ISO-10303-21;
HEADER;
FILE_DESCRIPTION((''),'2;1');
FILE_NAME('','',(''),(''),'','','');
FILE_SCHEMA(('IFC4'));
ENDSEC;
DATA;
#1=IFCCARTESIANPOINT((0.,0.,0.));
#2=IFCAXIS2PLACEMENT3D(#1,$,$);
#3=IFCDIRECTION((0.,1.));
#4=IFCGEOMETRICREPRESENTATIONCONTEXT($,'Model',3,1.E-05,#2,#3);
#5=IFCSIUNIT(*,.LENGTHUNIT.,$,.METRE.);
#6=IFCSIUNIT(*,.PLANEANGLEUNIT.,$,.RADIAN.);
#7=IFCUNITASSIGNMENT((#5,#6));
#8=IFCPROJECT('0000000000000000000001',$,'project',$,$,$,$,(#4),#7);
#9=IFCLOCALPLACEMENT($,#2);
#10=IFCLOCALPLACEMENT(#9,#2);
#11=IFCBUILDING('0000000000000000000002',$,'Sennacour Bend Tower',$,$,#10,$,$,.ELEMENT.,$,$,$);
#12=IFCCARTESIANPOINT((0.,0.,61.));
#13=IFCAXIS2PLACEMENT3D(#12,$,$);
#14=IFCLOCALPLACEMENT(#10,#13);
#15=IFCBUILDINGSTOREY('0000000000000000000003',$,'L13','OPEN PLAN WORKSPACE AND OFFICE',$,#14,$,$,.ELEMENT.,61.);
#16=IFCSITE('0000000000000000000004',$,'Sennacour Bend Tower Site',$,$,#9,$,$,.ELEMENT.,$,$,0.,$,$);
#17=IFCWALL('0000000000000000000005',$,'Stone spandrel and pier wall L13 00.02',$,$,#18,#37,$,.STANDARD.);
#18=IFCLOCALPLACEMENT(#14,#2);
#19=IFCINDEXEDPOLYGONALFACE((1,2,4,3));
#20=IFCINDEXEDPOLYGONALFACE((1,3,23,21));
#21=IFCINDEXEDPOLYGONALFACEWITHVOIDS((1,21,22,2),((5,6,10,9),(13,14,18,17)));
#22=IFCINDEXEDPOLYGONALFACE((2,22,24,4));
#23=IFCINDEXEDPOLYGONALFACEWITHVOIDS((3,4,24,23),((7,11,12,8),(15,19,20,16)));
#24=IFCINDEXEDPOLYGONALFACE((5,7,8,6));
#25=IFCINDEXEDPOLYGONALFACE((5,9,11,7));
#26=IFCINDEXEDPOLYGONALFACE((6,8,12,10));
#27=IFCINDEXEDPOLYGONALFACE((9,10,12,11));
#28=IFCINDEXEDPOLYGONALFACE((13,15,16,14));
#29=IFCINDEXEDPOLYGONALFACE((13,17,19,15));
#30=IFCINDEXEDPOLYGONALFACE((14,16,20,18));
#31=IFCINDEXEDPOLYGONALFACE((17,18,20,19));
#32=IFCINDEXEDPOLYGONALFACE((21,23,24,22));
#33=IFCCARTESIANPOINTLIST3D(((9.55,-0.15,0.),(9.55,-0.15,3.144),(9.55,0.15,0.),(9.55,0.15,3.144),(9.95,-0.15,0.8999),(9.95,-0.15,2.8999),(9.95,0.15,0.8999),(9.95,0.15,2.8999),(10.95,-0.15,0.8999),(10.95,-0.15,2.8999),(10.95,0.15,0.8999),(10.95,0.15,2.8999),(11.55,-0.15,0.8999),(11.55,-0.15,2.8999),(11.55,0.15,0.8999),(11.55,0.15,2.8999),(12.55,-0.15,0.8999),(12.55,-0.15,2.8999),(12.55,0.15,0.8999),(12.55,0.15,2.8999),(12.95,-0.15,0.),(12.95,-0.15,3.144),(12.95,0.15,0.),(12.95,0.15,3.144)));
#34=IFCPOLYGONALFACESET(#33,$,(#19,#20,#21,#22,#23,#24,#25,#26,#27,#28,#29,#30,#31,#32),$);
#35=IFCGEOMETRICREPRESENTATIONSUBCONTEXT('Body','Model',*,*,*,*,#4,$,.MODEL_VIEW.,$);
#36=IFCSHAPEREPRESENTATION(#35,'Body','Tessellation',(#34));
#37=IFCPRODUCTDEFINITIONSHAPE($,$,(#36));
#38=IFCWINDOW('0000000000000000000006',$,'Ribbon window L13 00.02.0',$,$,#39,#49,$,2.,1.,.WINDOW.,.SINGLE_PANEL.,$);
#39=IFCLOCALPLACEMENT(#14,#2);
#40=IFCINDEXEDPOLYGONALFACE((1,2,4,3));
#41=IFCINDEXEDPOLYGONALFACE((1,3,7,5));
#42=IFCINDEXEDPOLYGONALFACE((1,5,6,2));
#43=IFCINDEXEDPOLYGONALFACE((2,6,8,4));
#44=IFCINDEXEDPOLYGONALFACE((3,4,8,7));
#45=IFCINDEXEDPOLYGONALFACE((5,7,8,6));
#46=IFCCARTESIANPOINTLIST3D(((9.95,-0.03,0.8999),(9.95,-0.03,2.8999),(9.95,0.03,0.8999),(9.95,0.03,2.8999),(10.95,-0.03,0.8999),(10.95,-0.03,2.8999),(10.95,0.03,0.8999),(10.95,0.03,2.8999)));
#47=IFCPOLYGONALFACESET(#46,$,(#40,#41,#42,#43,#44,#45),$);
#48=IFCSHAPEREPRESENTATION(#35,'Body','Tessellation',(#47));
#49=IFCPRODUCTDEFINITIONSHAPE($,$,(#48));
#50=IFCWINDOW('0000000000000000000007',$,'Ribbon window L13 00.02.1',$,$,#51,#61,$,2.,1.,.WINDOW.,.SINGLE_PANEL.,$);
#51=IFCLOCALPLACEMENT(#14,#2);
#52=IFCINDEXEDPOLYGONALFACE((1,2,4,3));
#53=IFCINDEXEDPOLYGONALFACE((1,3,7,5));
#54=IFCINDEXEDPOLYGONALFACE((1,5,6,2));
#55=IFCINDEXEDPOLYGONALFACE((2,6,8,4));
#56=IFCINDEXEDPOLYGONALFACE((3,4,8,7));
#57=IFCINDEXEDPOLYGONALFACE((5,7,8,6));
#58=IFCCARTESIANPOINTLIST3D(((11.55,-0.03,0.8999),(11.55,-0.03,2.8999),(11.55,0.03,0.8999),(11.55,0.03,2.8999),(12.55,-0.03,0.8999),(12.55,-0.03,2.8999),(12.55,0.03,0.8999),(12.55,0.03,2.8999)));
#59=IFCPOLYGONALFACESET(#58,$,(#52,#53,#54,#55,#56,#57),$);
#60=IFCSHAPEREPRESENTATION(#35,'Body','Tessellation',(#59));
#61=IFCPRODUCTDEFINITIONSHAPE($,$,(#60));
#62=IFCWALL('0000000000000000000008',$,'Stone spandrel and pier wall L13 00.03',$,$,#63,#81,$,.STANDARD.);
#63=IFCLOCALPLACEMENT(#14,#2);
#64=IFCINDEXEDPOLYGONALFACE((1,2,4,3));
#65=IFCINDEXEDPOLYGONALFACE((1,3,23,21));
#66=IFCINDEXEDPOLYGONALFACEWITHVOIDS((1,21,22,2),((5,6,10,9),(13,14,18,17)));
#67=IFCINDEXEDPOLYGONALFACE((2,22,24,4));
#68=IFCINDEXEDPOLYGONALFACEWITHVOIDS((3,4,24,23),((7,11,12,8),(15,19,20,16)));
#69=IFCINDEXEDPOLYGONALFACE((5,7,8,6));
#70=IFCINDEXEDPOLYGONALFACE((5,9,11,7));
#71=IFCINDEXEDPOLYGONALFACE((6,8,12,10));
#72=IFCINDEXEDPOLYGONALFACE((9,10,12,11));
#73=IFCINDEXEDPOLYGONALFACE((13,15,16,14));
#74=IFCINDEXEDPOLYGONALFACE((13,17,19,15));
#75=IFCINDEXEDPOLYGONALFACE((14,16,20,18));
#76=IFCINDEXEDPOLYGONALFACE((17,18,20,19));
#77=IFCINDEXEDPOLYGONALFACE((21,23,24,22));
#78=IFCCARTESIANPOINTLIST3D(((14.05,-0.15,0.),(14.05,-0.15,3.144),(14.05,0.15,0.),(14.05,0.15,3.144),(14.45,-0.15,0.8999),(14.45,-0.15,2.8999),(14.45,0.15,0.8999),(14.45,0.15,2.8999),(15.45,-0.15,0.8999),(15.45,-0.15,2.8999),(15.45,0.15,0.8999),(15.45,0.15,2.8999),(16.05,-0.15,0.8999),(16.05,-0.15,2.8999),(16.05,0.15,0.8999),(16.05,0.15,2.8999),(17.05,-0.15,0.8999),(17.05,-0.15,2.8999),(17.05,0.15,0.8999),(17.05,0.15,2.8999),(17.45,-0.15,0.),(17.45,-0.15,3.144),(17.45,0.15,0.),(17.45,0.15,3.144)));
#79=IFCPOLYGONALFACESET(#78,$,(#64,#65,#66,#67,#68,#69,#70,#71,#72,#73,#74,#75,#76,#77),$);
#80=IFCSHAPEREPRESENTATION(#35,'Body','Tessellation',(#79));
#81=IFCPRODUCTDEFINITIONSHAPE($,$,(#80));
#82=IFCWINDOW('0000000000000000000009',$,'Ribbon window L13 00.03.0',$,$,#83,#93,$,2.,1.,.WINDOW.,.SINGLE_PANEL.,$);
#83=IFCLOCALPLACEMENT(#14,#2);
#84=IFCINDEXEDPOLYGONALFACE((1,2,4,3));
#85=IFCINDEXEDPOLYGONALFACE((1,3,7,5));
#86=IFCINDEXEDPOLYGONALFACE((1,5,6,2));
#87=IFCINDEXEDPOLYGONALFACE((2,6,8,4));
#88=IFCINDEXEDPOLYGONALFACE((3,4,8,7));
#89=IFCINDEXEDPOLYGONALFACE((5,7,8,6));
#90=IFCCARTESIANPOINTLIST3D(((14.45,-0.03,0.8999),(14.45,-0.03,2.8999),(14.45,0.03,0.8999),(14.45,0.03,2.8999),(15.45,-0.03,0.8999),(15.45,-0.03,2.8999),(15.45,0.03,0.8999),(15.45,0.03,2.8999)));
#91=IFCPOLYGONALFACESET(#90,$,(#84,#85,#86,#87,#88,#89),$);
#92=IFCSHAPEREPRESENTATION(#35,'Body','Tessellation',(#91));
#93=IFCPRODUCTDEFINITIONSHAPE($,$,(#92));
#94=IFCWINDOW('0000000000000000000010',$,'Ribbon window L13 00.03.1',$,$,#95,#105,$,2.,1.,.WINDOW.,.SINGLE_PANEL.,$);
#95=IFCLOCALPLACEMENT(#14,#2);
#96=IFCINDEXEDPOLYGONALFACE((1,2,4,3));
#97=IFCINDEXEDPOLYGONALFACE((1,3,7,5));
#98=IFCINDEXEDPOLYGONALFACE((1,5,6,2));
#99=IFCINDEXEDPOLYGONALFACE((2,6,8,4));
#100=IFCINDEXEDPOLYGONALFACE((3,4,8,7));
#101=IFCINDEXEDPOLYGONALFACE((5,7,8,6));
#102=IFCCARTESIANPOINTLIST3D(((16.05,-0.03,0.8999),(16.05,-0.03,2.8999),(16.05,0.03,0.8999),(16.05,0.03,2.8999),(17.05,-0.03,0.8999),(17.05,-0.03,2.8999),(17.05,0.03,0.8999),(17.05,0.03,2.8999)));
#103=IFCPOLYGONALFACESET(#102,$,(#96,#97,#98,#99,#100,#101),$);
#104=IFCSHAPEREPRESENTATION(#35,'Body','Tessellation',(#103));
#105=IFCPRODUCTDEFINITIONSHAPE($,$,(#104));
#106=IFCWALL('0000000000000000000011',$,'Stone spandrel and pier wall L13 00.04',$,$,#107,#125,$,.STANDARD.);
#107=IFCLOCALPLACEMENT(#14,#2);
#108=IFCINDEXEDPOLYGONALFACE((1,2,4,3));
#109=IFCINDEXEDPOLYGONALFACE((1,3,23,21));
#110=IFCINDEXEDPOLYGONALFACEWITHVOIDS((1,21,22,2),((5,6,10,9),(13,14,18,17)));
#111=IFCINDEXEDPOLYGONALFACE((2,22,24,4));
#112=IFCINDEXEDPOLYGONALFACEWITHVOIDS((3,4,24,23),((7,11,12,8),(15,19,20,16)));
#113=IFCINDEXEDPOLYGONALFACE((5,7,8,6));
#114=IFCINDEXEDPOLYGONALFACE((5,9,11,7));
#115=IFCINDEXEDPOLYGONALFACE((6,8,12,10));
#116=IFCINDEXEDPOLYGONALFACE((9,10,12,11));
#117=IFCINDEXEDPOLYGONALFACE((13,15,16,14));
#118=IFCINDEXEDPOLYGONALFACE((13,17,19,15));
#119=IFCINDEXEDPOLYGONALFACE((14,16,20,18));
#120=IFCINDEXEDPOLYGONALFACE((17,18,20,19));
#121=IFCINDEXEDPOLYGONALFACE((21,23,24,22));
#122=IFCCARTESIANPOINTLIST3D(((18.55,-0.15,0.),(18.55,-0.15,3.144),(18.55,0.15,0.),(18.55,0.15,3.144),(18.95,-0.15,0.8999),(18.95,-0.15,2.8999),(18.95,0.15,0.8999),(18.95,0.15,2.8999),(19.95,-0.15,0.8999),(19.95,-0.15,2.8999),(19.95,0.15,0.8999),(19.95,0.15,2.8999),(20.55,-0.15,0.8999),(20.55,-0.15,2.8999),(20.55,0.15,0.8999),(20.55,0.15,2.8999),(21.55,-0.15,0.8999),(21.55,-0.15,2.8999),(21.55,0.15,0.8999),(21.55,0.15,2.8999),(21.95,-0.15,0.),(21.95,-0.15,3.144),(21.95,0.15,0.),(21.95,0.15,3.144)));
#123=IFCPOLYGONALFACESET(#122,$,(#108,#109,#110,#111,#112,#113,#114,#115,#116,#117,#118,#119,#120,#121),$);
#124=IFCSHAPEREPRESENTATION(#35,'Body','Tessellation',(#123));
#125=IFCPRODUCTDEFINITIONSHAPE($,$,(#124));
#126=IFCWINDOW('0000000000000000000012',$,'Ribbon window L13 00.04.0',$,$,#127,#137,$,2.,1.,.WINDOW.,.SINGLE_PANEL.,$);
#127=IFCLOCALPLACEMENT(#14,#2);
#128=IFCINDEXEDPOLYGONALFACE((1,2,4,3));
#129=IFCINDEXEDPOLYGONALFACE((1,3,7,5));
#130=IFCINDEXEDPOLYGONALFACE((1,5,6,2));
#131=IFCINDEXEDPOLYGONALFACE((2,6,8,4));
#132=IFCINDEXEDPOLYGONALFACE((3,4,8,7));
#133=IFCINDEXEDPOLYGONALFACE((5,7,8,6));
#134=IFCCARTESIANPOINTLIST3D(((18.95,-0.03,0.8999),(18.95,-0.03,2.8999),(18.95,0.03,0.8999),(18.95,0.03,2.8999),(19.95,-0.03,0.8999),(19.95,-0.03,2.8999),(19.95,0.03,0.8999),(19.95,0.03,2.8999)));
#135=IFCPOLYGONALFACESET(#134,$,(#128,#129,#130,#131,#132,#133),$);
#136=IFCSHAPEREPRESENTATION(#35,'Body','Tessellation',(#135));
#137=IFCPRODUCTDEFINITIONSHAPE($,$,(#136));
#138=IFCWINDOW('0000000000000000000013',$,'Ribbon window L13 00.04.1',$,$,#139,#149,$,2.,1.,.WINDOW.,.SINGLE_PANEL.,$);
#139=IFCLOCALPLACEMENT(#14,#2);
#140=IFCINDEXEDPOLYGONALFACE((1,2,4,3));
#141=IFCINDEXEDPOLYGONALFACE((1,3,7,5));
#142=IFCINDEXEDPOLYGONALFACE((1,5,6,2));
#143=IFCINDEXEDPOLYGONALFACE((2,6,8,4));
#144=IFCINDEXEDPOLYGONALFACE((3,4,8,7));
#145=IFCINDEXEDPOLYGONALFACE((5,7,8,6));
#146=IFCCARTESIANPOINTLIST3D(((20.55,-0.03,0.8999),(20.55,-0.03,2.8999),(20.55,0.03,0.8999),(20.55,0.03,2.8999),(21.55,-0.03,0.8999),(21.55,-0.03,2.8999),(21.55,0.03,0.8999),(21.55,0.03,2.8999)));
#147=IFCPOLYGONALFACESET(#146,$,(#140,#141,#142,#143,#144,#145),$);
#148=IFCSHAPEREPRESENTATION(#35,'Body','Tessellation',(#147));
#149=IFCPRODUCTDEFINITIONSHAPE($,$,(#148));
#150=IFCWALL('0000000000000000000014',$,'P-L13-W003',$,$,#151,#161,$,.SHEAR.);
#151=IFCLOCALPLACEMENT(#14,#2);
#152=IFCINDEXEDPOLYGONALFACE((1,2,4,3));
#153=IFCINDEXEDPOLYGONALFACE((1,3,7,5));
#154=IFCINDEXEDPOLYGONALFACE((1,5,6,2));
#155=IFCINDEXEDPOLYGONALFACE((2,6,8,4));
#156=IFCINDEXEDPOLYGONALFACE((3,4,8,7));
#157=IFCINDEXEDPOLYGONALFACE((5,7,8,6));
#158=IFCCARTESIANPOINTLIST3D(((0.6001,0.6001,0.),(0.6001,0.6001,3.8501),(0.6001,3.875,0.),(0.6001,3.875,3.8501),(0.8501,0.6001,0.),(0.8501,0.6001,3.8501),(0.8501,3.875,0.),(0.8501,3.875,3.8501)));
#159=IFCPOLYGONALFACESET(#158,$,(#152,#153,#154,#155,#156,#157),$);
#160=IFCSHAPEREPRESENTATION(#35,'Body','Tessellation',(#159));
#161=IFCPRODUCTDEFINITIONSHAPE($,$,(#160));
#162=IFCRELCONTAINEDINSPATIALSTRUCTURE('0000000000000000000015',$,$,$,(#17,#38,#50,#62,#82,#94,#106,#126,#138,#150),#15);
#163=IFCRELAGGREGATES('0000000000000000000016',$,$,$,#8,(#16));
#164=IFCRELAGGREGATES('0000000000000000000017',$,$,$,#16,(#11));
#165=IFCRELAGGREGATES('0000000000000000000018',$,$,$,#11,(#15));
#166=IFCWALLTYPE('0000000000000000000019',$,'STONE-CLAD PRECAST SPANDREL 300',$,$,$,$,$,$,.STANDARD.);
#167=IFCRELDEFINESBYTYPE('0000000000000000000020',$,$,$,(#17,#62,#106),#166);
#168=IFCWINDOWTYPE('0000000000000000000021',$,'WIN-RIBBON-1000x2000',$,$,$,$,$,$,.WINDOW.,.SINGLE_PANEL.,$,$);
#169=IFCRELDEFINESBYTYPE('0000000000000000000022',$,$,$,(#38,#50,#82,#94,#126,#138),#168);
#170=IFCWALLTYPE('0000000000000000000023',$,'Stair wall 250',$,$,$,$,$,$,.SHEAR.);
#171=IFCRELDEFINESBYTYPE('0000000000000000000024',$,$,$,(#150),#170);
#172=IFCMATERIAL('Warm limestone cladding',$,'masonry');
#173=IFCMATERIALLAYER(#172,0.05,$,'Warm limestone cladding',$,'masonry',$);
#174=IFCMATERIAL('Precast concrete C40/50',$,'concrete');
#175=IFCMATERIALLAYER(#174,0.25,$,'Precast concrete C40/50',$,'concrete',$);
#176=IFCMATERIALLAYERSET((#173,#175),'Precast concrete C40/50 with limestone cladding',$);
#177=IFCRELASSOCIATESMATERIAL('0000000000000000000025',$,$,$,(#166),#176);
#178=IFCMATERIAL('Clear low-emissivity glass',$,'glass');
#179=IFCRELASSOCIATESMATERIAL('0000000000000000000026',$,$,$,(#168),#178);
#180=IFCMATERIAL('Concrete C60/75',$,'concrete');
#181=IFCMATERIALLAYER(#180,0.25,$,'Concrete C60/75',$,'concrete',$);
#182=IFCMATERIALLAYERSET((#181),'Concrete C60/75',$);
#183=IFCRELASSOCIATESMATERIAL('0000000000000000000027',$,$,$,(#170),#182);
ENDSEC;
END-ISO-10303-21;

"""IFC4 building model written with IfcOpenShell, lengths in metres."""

from ifc_helpers import new_model, si_unit, direction, frame, frame_2d, origin, place, context, subcontext, project, spatial, rectangle, extrude, material, layer, layer_set, type_object, element, fill, save


model = new_model("IFC4")

# Units and contexts
model_context = context("Model", 3, precision=1e-05, world=origin(), true_north=direction((0.0, 1.0)))
body_context = subcontext(model_context, "Body", "Model", "MODEL_VIEW")
ifc_project = project(units=[si_unit("LENGTHUNIT", "METRE"), si_unit("PLANEANGLEUNIT", "RADIAN")], contexts=[model_context])

# Site, building, storey
site_placement = place(None, origin())
site = spatial("IfcSite", under=ifc_project, at=site_placement, Name="Sennacour Bend Tower Site", CompositionType="ELEMENT", RefElevation=0.0)
building_placement = place(site_placement, origin())
building = spatial("IfcBuilding", under=site, at=building_placement, Name="Sennacour Bend Tower", CompositionType="ELEMENT")
storey_placement = place(building_placement, frame((0.0, 0.0, 61.0)))
storey = spatial("IfcBuildingStorey", under=building, at=storey_placement, Name="L13", Description="OPEN PLAN WORKSPACE AND OFFICE", CompositionType="ELEMENT", Elevation=61.0)

# Walls, openings, windows
ifc_material_1 = material(Name="Warm limestone cladding", Category="masonry")
ifc_layer_1 = layer(ifc_material_1, 0.05, Name="Warm limestone cladding", Category="masonry")
ifc_material_2 = material(Name="Precast concrete C40/50", Category="concrete")
ifc_layer_2 = layer(ifc_material_2, 0.25, Name="Precast concrete C40/50", Category="concrete")
ifc_layer_set_1 = layer_set([ifc_layer_1, ifc_layer_2], Name="Precast concrete C40/50 with limestone cladding")
wall_type_1 = type_object("IfcWallType", Name="STONE-CLAD PRECAST SPANDREL 300", PredefinedType="STANDARD", material=ifc_layer_set_1)
ifc_material_3 = material(Name="Clear low-emissivity glass", Category="glass")
window_type = type_object("IfcWindowType", Name="WIN-RIBBON-1000x2000", PartitioningType="SINGLE_PANEL", PredefinedType="WINDOW", material=ifc_material_3)
wall_1_placement = place(storey_placement, frame((9.55, 0.0, 0.0), z_axis=(0.0, 0.0, 1.0), x_axis=(1.0, 0.0, 0.0)))
wall_1 = element("IfcWall", 1, at=wall_1_placement, inside=storey, type_object=wall_type_1, Name="Stone spandrel and pier wall L13 00.02", PredefinedType="STANDARD", context=body_context, shape_type="SweptSolid", body=[
    extrude(rectangle(XDim=3.3999, YDim=0.3, at=frame_2d((1.7, 0.0))), origin(), (0.0, 0.0, 1.0), 3.144),
])
opening_1_placement = place(wall_1_placement, frame((0.3999, 0.0, 0.8999)))
opening_1 = element("IfcOpeningElement", 2, at=opening_1_placement, cuts=wall_1, PredefinedType="OPENING", context=body_context, shape_type="SweptSolid", body=[
    extrude(rectangle(XDim=1.0, YDim=2.0, at=frame_2d((0.5, 1.0))), frame((0.0, 0.1602, 0.0), z_axis=(0.0, -1.0, 0.0), x_axis=(1.0, 0.0, 0.0)), (0.0, 0.0, 1.0), 0.3201),
])
opening_2_placement = place(wall_1_placement, frame((2.0, 0.0, 0.8999)))
opening_2 = element("IfcOpeningElement", 3, at=opening_2_placement, cuts=wall_1, PredefinedType="OPENING", context=body_context, shape_type="SweptSolid", body=[
    extrude(rectangle(XDim=1.0, YDim=2.0, at=frame_2d((0.5, 1.0))), frame((0.0, 0.1602, 0.0), z_axis=(0.0, -1.0, 0.0), x_axis=(1.0, 0.0, 0.0)), (0.0, 0.0, 1.0), 0.3201),
])
window_1_placement = place(opening_1_placement, origin())
window_1 = element("IfcWindow", 4, at=window_1_placement, inside=storey, type_object=window_type, Name="Ribbon window L13 00.02.0", OverallHeight=2.0, OverallWidth=1.0, PartitioningType="SINGLE_PANEL", PredefinedType="WINDOW", context=body_context, shape_type="SweptSolid", body=[
    extrude(rectangle(XDim=1.0, YDim=2.0, at=frame_2d((0.5, 1.0))), frame((0.0, 0.03, 0.0), z_axis=(0.0, -1.0, 0.0), x_axis=(1.0, 0.0, 0.0)), (0.0, 0.0, 1.0), 0.0601),
])
fill(opening_1, window_1)
window_2_placement = place(opening_2_placement, origin())
window_2 = element("IfcWindow", 5, at=window_2_placement, inside=storey, type_object=window_type, Name="Ribbon window L13 00.02.1", OverallHeight=2.0, OverallWidth=1.0, PartitioningType="SINGLE_PANEL", PredefinedType="WINDOW", context=body_context, shape_type="SweptSolid", body=[
    extrude(rectangle(XDim=1.0, YDim=2.0, at=frame_2d((0.5, 1.0))), frame((0.0, 0.03, 0.0), z_axis=(0.0, -1.0, 0.0), x_axis=(1.0, 0.0, 0.0)), (0.0, 0.0, 1.0), 0.0601),
])
fill(opening_2, window_2)
wall_2_placement = place(storey_placement, frame((14.05, 0.0, 0.0), z_axis=(0.0, 0.0, 1.0), x_axis=(1.0, 0.0, 0.0)))
wall_2 = element("IfcWall", 6, at=wall_2_placement, inside=storey, type_object=wall_type_1, Name="Stone spandrel and pier wall L13 00.03", PredefinedType="STANDARD", context=body_context, shape_type="SweptSolid", body=[
    extrude(rectangle(XDim=3.3999, YDim=0.3, at=frame_2d((1.7, 0.0))), origin(), (0.0, 0.0, 1.0), 3.144),
])
opening_3_placement = place(wall_2_placement, frame((0.3999, 0.0, 0.8999)))
opening_3 = element("IfcOpeningElement", 7, at=opening_3_placement, cuts=wall_2, PredefinedType="OPENING", context=body_context, shape_type="SweptSolid", body=[
    extrude(rectangle(XDim=1.0, YDim=2.0, at=frame_2d((0.5, 1.0))), frame((0.0, 0.1602, 0.0), z_axis=(0.0, -1.0, 0.0), x_axis=(1.0, 0.0, 0.0)), (0.0, 0.0, 1.0), 0.3201),
])
opening_4_placement = place(wall_2_placement, frame((2.0, 0.0, 0.8999)))
opening_4 = element("IfcOpeningElement", 8, at=opening_4_placement, cuts=wall_2, PredefinedType="OPENING", context=body_context, shape_type="SweptSolid", body=[
    extrude(rectangle(XDim=1.0, YDim=2.0, at=frame_2d((0.5, 1.0))), frame((0.0, 0.1602, 0.0), z_axis=(0.0, -1.0, 0.0), x_axis=(1.0, 0.0, 0.0)), (0.0, 0.0, 1.0), 0.3201),
])
window_3_placement = place(opening_3_placement, origin())
window_3 = element("IfcWindow", 9, at=window_3_placement, inside=storey, type_object=window_type, Name="Ribbon window L13 00.03.0", OverallHeight=2.0, OverallWidth=1.0, PartitioningType="SINGLE_PANEL", PredefinedType="WINDOW", context=body_context, shape_type="SweptSolid", body=[
    extrude(rectangle(XDim=1.0, YDim=2.0, at=frame_2d((0.5, 1.0))), frame((0.0, 0.03, 0.0), z_axis=(0.0, -1.0, 0.0), x_axis=(1.0, 0.0, 0.0)), (0.0, 0.0, 1.0), 0.0601),
])
fill(opening_3, window_3)
window_4_placement = place(opening_4_placement, origin())
window_4 = element("IfcWindow", 10, at=window_4_placement, inside=storey, type_object=window_type, Name="Ribbon window L13 00.03.1", OverallHeight=2.0, OverallWidth=1.0, PartitioningType="SINGLE_PANEL", PredefinedType="WINDOW", context=body_context, shape_type="SweptSolid", body=[
    extrude(rectangle(XDim=1.0, YDim=2.0, at=frame_2d((0.5, 1.0))), frame((0.0, 0.03, 0.0), z_axis=(0.0, -1.0, 0.0), x_axis=(1.0, 0.0, 0.0)), (0.0, 0.0, 1.0), 0.0601),
])
fill(opening_4, window_4)
wall_3_placement = place(storey_placement, frame((18.55, 0.0, 0.0), z_axis=(0.0, 0.0, 1.0), x_axis=(1.0, 0.0, 0.0)))
wall_3 = element("IfcWall", 11, at=wall_3_placement, inside=storey, type_object=wall_type_1, Name="Stone spandrel and pier wall L13 00.04", PredefinedType="STANDARD", context=body_context, shape_type="SweptSolid", body=[
    extrude(rectangle(XDim=3.3999, YDim=0.3, at=frame_2d((1.7, 0.0))), origin(), (0.0, 0.0, 1.0), 3.144),
])
opening_5_placement = place(wall_3_placement, frame((0.3999, 0.0, 0.8999)))
opening_5 = element("IfcOpeningElement", 12, at=opening_5_placement, cuts=wall_3, PredefinedType="OPENING", context=body_context, shape_type="SweptSolid", body=[
    extrude(rectangle(XDim=1.0, YDim=2.0, at=frame_2d((0.5, 1.0))), frame((0.0, 0.1602, 0.0), z_axis=(0.0, -1.0, 0.0), x_axis=(1.0, 0.0, 0.0)), (0.0, 0.0, 1.0), 0.3201),
])
opening_6_placement = place(wall_3_placement, frame((2.0, 0.0, 0.8999)))
opening_6 = element("IfcOpeningElement", 13, at=opening_6_placement, cuts=wall_3, PredefinedType="OPENING", context=body_context, shape_type="SweptSolid", body=[
    extrude(rectangle(XDim=1.0, YDim=2.0, at=frame_2d((0.5, 1.0))), frame((0.0, 0.1602, 0.0), z_axis=(0.0, -1.0, 0.0), x_axis=(1.0, 0.0, 0.0)), (0.0, 0.0, 1.0), 0.3201),
])
window_5_placement = place(opening_5_placement, origin())
window_5 = element("IfcWindow", 14, at=window_5_placement, inside=storey, type_object=window_type, Name="Ribbon window L13 00.04.0", OverallHeight=2.0, OverallWidth=1.0, PartitioningType="SINGLE_PANEL", PredefinedType="WINDOW", context=body_context, shape_type="SweptSolid", body=[
    extrude(rectangle(XDim=1.0, YDim=2.0, at=frame_2d((0.5, 1.0))), frame((0.0, 0.03, 0.0), z_axis=(0.0, -1.0, 0.0), x_axis=(1.0, 0.0, 0.0)), (0.0, 0.0, 1.0), 0.0601),
])
fill(opening_5, window_5)
window_6_placement = place(opening_6_placement, origin())
window_6 = element("IfcWindow", 15, at=window_6_placement, inside=storey, type_object=window_type, Name="Ribbon window L13 00.04.1", OverallHeight=2.0, OverallWidth=1.0, PartitioningType="SINGLE_PANEL", PredefinedType="WINDOW", context=body_context, shape_type="SweptSolid", body=[
    extrude(rectangle(XDim=1.0, YDim=2.0, at=frame_2d((0.5, 1.0))), frame((0.0, 0.03, 0.0), z_axis=(0.0, -1.0, 0.0), x_axis=(1.0, 0.0, 0.0)), (0.0, 0.0, 1.0), 0.0601),
])
fill(opening_6, window_6)

# Wall
ifc_material_4 = material(Name="Concrete C60/75", Category="concrete")
ifc_layer_3 = layer(ifc_material_4, 0.25, Name="Concrete C60/75", Category="concrete")
ifc_layer_set_2 = layer_set([ifc_layer_3], Name="Concrete C60/75")
wall_type_2 = type_object("IfcWallType", Name="Stair wall 250", PredefinedType="SHEAR", material=ifc_layer_set_2)
wall_4_placement = place(storey_placement, frame((0.7251, 0.6001, 0.0), z_axis=(0.0, 0.0, 1.0), x_axis=(0.0, 1.0, 0.0)))
element("IfcWall", 16, at=wall_4_placement, inside=storey, type_object=wall_type_2, Name="P-L13-W003", PredefinedType="SHEAR", context=body_context, shape_type="SweptSolid", body=[
    extrude(rectangle(XDim=3.2749, YDim=0.25, at=frame_2d((1.6375, 0.0))), origin(), (0.0, 0.0, 1.0), 3.8501),
])

save(model, "model.ifc")
